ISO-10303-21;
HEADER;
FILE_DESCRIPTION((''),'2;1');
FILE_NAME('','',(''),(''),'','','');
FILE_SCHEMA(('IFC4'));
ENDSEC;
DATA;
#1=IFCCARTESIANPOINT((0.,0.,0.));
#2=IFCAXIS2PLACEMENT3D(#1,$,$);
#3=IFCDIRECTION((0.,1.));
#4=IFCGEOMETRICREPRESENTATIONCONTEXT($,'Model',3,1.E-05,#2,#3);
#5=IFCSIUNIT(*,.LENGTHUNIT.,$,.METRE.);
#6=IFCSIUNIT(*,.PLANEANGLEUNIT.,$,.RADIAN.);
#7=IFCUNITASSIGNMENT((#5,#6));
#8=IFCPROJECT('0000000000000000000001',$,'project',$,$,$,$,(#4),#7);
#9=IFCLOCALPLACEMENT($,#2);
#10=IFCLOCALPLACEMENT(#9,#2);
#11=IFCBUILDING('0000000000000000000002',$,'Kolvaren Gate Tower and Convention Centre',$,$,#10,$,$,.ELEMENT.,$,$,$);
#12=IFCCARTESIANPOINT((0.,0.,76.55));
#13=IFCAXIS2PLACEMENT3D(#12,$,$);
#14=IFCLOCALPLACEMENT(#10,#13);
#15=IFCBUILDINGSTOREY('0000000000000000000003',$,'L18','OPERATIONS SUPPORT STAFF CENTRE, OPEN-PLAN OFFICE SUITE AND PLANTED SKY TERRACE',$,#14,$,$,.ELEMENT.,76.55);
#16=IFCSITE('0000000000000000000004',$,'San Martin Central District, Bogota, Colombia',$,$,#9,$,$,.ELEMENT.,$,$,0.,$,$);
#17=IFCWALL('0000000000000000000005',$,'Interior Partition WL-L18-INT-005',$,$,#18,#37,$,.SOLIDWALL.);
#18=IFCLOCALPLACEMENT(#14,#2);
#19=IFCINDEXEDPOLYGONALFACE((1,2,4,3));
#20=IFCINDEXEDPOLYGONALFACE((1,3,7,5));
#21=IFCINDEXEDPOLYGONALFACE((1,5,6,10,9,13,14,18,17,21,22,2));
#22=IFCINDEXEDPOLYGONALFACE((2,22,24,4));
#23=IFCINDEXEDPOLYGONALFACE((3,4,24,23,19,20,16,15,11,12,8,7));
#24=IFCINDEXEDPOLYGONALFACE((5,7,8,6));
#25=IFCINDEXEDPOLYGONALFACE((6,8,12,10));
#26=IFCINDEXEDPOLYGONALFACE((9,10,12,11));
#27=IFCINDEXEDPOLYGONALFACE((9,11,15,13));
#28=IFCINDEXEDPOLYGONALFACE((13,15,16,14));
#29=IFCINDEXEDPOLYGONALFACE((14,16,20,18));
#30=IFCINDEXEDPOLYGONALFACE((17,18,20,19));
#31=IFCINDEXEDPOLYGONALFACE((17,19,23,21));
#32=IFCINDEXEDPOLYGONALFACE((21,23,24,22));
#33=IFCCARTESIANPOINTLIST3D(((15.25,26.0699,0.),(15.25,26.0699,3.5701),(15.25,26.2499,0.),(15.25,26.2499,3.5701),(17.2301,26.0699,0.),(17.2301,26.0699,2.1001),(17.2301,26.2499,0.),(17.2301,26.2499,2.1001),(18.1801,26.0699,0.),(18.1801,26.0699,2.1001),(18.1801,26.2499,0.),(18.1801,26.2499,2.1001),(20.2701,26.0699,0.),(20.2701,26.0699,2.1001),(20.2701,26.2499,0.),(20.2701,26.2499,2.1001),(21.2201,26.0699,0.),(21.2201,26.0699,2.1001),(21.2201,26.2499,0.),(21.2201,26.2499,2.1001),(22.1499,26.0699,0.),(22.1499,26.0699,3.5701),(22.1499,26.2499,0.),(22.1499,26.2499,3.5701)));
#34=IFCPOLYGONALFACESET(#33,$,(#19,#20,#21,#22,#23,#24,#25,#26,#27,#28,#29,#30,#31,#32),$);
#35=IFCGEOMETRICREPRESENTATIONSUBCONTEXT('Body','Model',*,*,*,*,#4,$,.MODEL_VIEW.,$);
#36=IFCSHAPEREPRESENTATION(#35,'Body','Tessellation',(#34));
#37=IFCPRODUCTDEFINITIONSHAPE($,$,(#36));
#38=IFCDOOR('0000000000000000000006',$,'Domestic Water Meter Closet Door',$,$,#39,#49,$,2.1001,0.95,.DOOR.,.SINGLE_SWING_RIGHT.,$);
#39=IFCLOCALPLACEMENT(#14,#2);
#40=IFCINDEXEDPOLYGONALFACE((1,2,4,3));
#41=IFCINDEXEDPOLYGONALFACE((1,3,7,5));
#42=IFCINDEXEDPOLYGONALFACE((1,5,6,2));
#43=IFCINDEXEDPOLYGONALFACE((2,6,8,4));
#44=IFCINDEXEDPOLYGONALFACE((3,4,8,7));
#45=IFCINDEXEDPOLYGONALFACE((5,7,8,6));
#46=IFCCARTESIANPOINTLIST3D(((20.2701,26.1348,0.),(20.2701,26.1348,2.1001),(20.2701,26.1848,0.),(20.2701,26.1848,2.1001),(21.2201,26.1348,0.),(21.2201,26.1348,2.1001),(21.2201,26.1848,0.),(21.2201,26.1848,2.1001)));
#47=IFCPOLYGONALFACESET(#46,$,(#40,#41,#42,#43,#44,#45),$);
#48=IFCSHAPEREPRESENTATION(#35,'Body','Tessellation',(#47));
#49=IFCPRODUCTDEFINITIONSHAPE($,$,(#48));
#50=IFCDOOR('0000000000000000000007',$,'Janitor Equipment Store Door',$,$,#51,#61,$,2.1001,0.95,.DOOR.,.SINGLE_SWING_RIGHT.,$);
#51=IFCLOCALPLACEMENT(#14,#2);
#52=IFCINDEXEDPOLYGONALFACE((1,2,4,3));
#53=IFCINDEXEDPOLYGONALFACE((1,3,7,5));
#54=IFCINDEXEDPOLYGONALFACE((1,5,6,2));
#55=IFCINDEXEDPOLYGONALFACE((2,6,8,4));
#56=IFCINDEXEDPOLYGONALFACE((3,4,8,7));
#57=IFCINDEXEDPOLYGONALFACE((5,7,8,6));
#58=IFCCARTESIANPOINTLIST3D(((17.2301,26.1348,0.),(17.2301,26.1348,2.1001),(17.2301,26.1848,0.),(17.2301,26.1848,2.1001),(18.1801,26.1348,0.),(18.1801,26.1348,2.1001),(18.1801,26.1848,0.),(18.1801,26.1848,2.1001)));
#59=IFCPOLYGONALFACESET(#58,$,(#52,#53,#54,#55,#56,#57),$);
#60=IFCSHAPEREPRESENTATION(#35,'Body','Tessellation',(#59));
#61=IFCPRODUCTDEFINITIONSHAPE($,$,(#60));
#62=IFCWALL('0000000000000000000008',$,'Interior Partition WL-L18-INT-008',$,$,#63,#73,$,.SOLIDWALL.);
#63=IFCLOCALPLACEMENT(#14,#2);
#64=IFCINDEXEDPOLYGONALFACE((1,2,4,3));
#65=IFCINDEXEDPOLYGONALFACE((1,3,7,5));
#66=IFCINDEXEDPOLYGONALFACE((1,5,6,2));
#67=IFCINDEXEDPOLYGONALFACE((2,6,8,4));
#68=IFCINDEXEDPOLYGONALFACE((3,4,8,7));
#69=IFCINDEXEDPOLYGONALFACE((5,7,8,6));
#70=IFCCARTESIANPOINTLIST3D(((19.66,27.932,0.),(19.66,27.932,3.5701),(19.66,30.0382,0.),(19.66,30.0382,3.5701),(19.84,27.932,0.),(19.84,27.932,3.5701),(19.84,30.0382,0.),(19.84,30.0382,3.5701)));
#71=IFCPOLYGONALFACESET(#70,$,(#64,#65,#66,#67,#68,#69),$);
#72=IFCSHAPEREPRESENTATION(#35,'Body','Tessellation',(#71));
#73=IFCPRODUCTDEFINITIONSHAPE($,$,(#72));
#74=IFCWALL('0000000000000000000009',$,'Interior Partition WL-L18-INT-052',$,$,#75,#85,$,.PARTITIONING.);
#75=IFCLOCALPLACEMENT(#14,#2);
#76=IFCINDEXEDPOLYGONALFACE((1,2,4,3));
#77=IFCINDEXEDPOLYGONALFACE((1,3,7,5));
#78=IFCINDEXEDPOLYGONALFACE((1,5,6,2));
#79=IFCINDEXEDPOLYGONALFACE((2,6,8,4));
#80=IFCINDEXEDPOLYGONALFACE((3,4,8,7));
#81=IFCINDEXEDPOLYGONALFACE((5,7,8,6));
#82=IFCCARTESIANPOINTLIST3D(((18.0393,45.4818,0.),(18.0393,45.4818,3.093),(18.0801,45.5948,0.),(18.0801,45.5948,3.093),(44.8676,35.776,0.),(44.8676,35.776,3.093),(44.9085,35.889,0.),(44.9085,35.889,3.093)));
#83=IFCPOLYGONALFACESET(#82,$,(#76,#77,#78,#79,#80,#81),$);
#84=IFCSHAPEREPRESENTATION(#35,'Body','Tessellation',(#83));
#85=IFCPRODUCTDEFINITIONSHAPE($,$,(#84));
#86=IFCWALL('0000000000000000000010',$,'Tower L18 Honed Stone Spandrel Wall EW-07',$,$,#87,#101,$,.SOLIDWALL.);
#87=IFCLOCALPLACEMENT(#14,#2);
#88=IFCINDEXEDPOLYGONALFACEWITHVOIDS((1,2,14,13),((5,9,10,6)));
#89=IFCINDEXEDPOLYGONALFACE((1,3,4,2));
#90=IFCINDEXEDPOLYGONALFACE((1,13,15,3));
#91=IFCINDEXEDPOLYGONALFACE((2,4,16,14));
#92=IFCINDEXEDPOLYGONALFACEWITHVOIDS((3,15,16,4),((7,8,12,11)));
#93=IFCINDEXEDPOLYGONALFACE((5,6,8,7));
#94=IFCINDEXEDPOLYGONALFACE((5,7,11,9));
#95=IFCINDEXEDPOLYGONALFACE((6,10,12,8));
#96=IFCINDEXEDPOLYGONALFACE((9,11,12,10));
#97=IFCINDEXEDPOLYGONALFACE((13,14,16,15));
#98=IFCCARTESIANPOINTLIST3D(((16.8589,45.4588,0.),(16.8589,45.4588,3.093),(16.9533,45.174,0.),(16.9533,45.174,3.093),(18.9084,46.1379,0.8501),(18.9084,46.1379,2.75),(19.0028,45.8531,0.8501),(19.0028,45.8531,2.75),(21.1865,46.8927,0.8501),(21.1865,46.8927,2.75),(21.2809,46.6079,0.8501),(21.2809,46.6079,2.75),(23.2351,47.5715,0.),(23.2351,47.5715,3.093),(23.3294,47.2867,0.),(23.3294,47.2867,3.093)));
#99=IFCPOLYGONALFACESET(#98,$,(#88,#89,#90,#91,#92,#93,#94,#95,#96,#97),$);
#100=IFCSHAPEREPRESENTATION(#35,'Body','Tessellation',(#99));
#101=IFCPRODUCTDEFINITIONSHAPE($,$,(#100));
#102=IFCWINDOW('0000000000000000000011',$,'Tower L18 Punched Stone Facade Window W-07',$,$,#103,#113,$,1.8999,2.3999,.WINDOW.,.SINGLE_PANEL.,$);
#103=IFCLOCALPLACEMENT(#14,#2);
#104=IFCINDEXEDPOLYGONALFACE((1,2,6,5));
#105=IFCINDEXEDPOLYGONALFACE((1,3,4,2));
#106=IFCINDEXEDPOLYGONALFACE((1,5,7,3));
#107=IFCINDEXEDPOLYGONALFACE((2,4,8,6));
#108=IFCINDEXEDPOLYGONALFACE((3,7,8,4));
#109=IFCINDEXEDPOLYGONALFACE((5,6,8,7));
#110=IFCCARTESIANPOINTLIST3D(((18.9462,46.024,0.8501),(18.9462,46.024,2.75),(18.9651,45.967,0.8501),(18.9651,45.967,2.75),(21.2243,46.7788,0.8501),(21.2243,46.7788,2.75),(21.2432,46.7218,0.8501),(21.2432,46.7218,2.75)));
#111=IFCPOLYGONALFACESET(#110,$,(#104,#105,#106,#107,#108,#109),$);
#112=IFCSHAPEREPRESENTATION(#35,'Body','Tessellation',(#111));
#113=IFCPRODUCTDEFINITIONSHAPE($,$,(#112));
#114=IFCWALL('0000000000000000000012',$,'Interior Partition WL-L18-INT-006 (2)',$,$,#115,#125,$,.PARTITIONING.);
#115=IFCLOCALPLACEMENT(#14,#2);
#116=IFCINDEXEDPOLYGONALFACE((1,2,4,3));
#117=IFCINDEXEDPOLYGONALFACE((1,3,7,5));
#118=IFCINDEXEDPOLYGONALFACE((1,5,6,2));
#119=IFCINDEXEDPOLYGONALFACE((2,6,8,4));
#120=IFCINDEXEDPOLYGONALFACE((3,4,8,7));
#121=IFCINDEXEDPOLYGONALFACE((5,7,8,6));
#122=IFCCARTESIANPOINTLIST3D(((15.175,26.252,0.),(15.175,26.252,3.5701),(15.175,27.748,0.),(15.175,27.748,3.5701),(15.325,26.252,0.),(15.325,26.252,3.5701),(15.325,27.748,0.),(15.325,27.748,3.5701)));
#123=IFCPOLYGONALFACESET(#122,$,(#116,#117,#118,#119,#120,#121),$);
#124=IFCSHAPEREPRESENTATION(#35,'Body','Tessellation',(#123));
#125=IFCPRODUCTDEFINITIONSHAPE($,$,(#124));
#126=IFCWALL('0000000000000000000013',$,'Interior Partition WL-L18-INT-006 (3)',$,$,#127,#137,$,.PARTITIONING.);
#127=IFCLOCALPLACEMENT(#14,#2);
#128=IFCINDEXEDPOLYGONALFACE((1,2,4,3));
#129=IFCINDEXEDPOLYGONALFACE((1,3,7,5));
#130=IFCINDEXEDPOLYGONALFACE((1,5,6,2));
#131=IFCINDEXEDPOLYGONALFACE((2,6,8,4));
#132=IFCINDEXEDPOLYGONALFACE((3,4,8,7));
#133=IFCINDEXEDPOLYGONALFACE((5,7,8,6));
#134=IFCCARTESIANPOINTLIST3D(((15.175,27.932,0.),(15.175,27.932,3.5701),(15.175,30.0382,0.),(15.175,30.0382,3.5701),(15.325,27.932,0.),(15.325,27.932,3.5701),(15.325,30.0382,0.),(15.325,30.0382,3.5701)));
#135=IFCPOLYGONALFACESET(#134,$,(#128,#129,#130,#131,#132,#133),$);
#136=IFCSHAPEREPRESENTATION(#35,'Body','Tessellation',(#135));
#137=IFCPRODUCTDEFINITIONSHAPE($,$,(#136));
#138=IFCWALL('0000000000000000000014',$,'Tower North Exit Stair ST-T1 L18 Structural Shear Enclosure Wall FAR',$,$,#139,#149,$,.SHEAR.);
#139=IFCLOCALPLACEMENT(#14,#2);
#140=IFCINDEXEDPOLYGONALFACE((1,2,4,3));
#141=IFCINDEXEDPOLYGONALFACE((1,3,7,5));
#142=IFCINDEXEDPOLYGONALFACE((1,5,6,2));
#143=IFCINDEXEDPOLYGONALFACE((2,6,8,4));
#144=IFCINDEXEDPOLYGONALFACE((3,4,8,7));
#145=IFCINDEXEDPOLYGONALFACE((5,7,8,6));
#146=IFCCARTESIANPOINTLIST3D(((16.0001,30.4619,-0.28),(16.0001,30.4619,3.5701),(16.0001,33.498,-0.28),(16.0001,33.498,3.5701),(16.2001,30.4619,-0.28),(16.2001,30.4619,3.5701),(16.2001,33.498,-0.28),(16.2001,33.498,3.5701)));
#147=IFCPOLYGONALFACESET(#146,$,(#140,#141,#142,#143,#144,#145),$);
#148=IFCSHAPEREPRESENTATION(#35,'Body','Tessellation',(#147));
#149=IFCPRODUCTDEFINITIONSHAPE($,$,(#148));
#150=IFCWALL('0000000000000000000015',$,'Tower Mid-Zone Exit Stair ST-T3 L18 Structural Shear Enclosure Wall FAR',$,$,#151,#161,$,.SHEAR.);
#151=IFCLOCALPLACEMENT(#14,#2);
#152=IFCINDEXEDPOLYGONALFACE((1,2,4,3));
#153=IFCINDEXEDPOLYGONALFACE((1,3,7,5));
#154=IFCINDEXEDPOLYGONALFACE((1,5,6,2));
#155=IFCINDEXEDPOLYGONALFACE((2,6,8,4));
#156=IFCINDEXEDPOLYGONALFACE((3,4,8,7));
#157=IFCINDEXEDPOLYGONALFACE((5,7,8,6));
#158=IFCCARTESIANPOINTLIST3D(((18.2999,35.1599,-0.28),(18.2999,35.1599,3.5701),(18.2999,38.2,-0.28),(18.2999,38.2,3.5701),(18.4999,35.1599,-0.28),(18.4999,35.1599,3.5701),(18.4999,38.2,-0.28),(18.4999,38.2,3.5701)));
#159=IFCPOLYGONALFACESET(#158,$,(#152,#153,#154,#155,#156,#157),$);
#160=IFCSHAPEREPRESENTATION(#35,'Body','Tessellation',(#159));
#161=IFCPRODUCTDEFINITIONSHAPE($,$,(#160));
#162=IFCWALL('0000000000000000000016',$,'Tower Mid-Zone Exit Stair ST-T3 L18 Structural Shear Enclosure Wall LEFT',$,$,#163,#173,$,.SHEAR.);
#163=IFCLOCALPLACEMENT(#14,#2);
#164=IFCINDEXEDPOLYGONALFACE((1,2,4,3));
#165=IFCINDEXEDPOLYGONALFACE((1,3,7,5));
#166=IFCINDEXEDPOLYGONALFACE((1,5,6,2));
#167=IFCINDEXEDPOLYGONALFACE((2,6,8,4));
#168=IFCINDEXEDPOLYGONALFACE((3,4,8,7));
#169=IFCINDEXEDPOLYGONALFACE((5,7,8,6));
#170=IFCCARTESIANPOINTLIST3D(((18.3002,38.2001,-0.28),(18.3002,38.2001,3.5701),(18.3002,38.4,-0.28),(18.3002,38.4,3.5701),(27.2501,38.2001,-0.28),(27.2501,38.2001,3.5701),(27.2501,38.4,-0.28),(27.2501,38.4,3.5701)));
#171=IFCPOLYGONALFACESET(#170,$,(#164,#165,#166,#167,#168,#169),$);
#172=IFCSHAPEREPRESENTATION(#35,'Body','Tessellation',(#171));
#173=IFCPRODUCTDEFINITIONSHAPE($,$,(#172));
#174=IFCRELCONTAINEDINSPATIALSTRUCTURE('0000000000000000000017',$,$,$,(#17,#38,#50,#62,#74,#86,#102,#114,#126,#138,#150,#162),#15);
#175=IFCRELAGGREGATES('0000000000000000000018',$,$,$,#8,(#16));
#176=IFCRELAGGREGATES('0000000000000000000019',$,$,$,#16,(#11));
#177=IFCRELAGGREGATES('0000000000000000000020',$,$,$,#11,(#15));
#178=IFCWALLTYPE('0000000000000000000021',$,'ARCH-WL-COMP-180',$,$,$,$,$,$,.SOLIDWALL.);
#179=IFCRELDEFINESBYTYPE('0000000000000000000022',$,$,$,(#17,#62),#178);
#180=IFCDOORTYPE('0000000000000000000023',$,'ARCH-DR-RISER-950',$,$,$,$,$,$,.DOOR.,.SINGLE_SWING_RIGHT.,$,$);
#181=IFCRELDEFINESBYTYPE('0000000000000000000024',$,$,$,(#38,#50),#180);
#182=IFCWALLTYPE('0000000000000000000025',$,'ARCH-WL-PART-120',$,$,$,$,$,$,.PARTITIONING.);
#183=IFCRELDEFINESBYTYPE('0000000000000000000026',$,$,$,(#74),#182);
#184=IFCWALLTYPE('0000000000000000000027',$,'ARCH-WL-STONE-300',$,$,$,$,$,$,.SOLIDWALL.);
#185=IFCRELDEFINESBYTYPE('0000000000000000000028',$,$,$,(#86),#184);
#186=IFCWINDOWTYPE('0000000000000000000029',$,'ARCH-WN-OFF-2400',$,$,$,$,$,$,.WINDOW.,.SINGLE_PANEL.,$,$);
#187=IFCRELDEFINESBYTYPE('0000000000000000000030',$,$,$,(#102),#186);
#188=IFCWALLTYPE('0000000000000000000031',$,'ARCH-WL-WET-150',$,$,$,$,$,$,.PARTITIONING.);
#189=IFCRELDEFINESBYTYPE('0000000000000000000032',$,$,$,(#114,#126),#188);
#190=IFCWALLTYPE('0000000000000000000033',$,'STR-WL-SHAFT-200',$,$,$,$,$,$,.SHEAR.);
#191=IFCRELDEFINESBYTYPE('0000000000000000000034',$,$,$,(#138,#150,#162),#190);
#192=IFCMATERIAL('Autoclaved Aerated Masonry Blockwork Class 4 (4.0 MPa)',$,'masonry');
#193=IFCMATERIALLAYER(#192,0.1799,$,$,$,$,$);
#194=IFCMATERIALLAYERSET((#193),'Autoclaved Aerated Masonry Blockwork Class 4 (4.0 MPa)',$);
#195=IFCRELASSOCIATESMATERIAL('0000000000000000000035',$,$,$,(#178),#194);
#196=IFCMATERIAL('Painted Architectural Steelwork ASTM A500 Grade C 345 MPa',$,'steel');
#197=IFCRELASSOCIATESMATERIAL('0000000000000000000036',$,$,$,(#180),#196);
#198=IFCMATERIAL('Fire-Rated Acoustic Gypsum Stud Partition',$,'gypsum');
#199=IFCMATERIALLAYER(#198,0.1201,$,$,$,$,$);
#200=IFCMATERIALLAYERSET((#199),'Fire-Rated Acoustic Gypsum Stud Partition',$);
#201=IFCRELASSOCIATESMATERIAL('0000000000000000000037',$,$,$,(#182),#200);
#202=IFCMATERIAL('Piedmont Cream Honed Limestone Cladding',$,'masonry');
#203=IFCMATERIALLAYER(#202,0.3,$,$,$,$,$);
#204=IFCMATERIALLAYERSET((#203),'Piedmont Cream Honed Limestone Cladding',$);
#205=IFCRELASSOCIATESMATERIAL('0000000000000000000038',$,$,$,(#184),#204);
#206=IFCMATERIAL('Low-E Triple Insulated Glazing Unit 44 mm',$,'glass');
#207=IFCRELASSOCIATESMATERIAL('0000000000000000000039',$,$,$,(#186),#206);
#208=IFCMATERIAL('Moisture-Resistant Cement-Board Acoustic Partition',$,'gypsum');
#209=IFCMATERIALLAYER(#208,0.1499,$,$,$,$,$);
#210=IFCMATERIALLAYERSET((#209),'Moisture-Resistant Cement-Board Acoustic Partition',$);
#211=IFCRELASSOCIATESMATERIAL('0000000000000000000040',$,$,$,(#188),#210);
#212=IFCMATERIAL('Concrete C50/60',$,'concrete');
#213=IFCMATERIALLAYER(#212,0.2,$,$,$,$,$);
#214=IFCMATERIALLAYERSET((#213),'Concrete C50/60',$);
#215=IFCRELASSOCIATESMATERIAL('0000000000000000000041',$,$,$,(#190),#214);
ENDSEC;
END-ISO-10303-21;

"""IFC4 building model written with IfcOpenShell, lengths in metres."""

from ifc_helpers import new_model, si_unit, direction, frame, frame_2d, origin, place, context, subcontext, project, spatial, rectangle, extrude, material, layer, layer_set, type_object, element, fill, save


model = new_model("IFC4")

# Units and contexts
model_context = context("Model", 3, precision=1e-05, world=origin(), true_north=direction((0.0, 1.0)))
body_context = subcontext(model_context, "Body", "Model", "MODEL_VIEW")
ifc_project = project(units=[si_unit("LENGTHUNIT", "METRE"), si_unit("PLANEANGLEUNIT", "RADIAN")], contexts=[model_context])

# Site, building, storey
site_placement = place(None, origin())
site = spatial("IfcSite", under=ifc_project, at=site_placement, Name="San Martin Central District, Bogota, Colombia", CompositionType="ELEMENT", RefElevation=0.0)
building_placement = place(site_placement, origin())
building = spatial("IfcBuilding", under=site, at=building_placement, Name="Kolvaren Gate Tower and Convention Centre", CompositionType="ELEMENT")
storey_placement = place(building_placement, frame((0.0, 0.0, 76.55)))
storey = spatial("IfcBuildingStorey", under=building, at=storey_placement, Name="L18", Description="OPERATIONS SUPPORT STAFF CENTRE, OPEN-PLAN OFFICE SUITE AND PLANTED SKY TERRACE", CompositionType="ELEMENT", Elevation=76.55)

# Wall, openings, doors
ifc_material_1 = material(Name="Autoclaved Aerated Masonry Blockwork Class 4 (4.0 MPa)", Category="masonry")
ifc_layer_1 = layer(ifc_material_1, 0.1799)
ifc_layer_set_1 = layer_set([ifc_layer_1], Name="Autoclaved Aerated Masonry Blockwork Class 4 (4.0 MPa)")
wall_type_1 = type_object("IfcWallType", Name="ARCH-WL-COMP-180", PredefinedType="SOLIDWALL", material=ifc_layer_set_1)
ifc_material_2 = material(Name="Painted Architectural Steelwork ASTM A500 Grade C 345 MPa", Category="steel")
door_type = type_object("IfcDoorType", Name="ARCH-DR-RISER-950", OperationType="SINGLE_SWING_RIGHT", PredefinedType="DOOR", material=ifc_material_2)
wall_1_placement = place(storey_placement, frame((15.25, 26.1599, 0.0), z_axis=(0.0, 0.0, 1.0), x_axis=(1.0, 0.0, 0.0)))
wall_1 = element("IfcWall", 1, at=wall_1_placement, inside=storey, type_object=wall_type_1, Name="Interior Partition WL-L18-INT-005", PredefinedType="SOLIDWALL", context=body_context, shape_type="SweptSolid", body=[
    extrude(rectangle(XDim=6.8999, YDim=0.1799, at=frame_2d((3.45, 0.0))), origin(), (0.0, 0.0, 1.0), 3.5701),
])
opening_1_placement = place(wall_1_placement, frame((5.02, 0.0, 0.0)))
opening_1 = element("IfcOpeningElement", 2, at=opening_1_placement, cuts=wall_1, PredefinedType="OPENING", context=body_context, shape_type="SweptSolid", body=[
    extrude(rectangle(XDim=0.95, YDim=2.1001, at=frame_2d((0.4751, 1.05))), frame((0.0, 0.0999, 0.0), z_axis=(0.0, -1.0, 0.0), x_axis=(1.0, 0.0, 0.0)), (0.0, 0.0, 1.0), 0.2),
])
opening_2_placement = place(wall_1_placement, frame((1.98, 0.0, 0.0)))
opening_2 = element("IfcOpeningElement", 3, at=opening_2_placement, cuts=wall_1, PredefinedType="OPENING", context=body_context, shape_type="SweptSolid", body=[
    extrude(rectangle(XDim=0.95, YDim=2.1001, at=frame_2d((0.4751, 1.05))), frame((0.0, 0.0999, 0.0), z_axis=(0.0, -1.0, 0.0), x_axis=(1.0, 0.0, 0.0)), (0.0, 0.0, 1.0), 0.2),
])
door_1_placement = place(opening_1_placement, origin())
door_1 = element("IfcDoor", 4, at=door_1_placement, inside=storey, type_object=door_type, Name="Domestic Water Meter Closet Door", OperationType="SINGLE_SWING_RIGHT", OverallHeight=2.1001, OverallWidth=0.95, PredefinedType="DOOR", context=body_context, shape_type="SweptSolid", body=[
    extrude(rectangle(XDim=0.95, YDim=2.1001, at=frame_2d((0.4751, 1.05))), frame((0.0, 0.0249, 0.0), z_axis=(0.0, -1.0, 0.0), x_axis=(1.0, 0.0, 0.0)), (0.0, 0.0, 1.0), 0.05),
])
fill(opening_1, door_1)
door_2_placement = place(opening_2_placement, origin())
door_2 = element("IfcDoor", 5, at=door_2_placement, inside=storey, type_object=door_type, Name="Janitor Equipment Store Door", OperationType="SINGLE_SWING_RIGHT", OverallHeight=2.1001, OverallWidth=0.95, PredefinedType="DOOR", context=body_context, shape_type="SweptSolid", body=[
    extrude(rectangle(XDim=0.95, YDim=2.1001, at=frame_2d((0.4751, 1.05))), frame((0.0, 0.0249, 0.0), z_axis=(0.0, -1.0, 0.0), x_axis=(1.0, 0.0, 0.0)), (0.0, 0.0, 1.0), 0.05),
])
fill(opening_2, door_2)

# Walls
wall_2_placement = place(storey_placement, frame((19.75, 27.9319, 0.0), z_axis=(0.0, 0.0, 1.0), x_axis=(0.0, 1.0, 0.0)))
element("IfcWall", 6, at=wall_2_placement, inside=storey, type_object=wall_type_1, Name="Interior Partition WL-L18-INT-008", PredefinedType="SOLIDWALL", context=body_context, shape_type="SweptSolid", body=[
    extrude(rectangle(XDim=2.1062, YDim=0.1799, at=frame_2d((1.0532, 0.0))), origin(), (0.0, 0.0, 1.0), 3.5701),
])
ifc_material_3 = material(Name="Fire-Rated Acoustic Gypsum Stud Partition", Category="gypsum")
ifc_layer_2 = layer(ifc_material_3, 0.1201)
ifc_layer_set_2 = layer_set([ifc_layer_2], Name="Fire-Rated Acoustic Gypsum Stud Partition")
wall_type_2 = type_object("IfcWallType", Name="ARCH-WL-PART-120", PredefinedType="PARTITIONING", material=ifc_layer_set_2)
wall_3_placement = place(storey_placement, frame((18.0596, 45.5383, 0.0), z_axis=(0.0, 0.0, 1.0), x_axis=(0.940355, -0.340196, 0.0)))
element("IfcWall", 7, at=wall_3_placement, inside=storey, type_object=wall_type_2, Name="Interior Partition WL-L18-INT-052", PredefinedType="PARTITIONING", context=body_context, shape_type="SweptSolid", body=[
    extrude(rectangle(XDim=28.53, YDim=0.1201, at=frame_2d((14.2651, 0.0))), origin(), (0.0, 0.0, 1.0), 3.093),
])

# Wall, opening, window
ifc_material_4 = material(Name="Piedmont Cream Honed Limestone Cladding", Category="masonry")
ifc_layer_3 = layer(ifc_material_4, 0.3)
ifc_layer_set_3 = layer_set([ifc_layer_3], Name="Piedmont Cream Honed Limestone Cladding")
wall_type_3 = type_object("IfcWallType", Name="ARCH-WL-STONE-300", PredefinedType="SOLIDWALL", material=ifc_layer_set_3)
wall_4_placement = place(storey_placement, frame((16.9062, 45.3164, 0.0), z_axis=(0.0, 0.0, 1.0), x_axis=(0.949245, 0.314537, 0.0)))
wall_4 = element("IfcWall", 8, at=wall_4_placement, inside=storey, type_object=wall_type_3, Name="Tower L18 Honed Stone Spandrel Wall EW-07", PredefinedType="SOLIDWALL", context=body_context, shape_type="SweptSolid", body=[
    extrude(rectangle(XDim=6.717, YDim=0.3, at=frame_2d((3.3584, 0.0))), origin(), (0.0, 0.0, 1.0), 3.093),
])
opening_3_placement = place(wall_4_placement, frame((2.1589, 0.0, 0.8501)))
opening_3 = element("IfcOpeningElement", 9, at=opening_3_placement, cuts=wall_4, PredefinedType="OPENING", context=body_context, shape_type="SweptSolid", body=[
    extrude(rectangle(XDim=2.3999, YDim=1.8999, at=frame_2d((1.2, 0.95))), frame((0.0, 0.1599, 0.0), z_axis=(0.0, -1.0, 0.0), x_axis=(1.0, 0.0, 0.0)), (0.0, 0.0, 1.0), 0.3201),
])
ifc_material_5 = material(Name="Low-E Triple Insulated Glazing Unit 44 mm", Category="glass")
window_type = type_object("IfcWindowType", Name="ARCH-WN-OFF-2400", PartitioningType="SINGLE_PANEL", PredefinedType="WINDOW", material=ifc_material_5)
window_placement = place(opening_3_placement, origin())
window = element("IfcWindow", 10, at=window_placement, inside=storey, type_object=window_type, Name="Tower L18 Punched Stone Facade Window W-07", OverallHeight=1.8999, OverallWidth=2.3999, PartitioningType="SINGLE_PANEL", PredefinedType="WINDOW", context=body_context, shape_type="SweptSolid", body=[
    extrude(rectangle(XDim=2.3999, YDim=1.8999, at=frame_2d((1.2, 0.95))), frame((0.0, 0.03, 0.0), z_axis=(0.0, -1.0, 0.0), x_axis=(1.0, 0.0, 0.0)), (0.0, 0.0, 1.0), 0.0601),
])
fill(opening_3, window)

# Walls
ifc_material_6 = material(Name="Moisture-Resistant Cement-Board Acoustic Partition", Category="gypsum")
ifc_layer_4 = layer(ifc_material_6, 0.1499)
ifc_layer_set_4 = layer_set([ifc_layer_4], Name="Moisture-Resistant Cement-Board Acoustic Partition")
wall_type_4 = type_object("IfcWallType", Name="ARCH-WL-WET-150", PredefinedType="PARTITIONING", material=ifc_layer_set_4)
wall_5_placement = place(storey_placement, frame((15.25, 26.252, 0.0), z_axis=(0.0, 0.0, 1.0), x_axis=(0.0, 1.0, 0.0)))
element("IfcWall", 11, at=wall_5_placement, inside=storey, type_object=wall_type_4, Name="Interior Partition WL-L18-INT-006 (2)", PredefinedType="PARTITIONING", context=body_context, shape_type="SweptSolid", body=[
    extrude(rectangle(XDim=1.4961, YDim=0.1499, at=frame_2d((0.748, 0.0))), origin(), (0.0, 0.0, 1.0), 3.5701),
])
wall_6_placement = place(storey_placement, frame((15.25, 27.9319, 0.0), z_axis=(0.0, 0.0, 1.0), x_axis=(0.0, 1.0, 0.0)))
element("IfcWall", 12, at=wall_6_placement, inside=storey, type_object=wall_type_4, Name="Interior Partition WL-L18-INT-006 (3)", PredefinedType="PARTITIONING", context=body_context, shape_type="SweptSolid", body=[
    extrude(rectangle(XDim=2.1062, YDim=0.1499, at=frame_2d((1.0532, 0.0))), origin(), (0.0, 0.0, 1.0), 3.5701),
])
ifc_material_7 = material(Name="Concrete C50/60", Category="concrete")
ifc_layer_5 = layer(ifc_material_7, 0.2)
ifc_layer_set_5 = layer_set([ifc_layer_5], Name="Concrete C50/60")
wall_type_5 = type_object("IfcWallType", Name="STR-WL-SHAFT-200", PredefinedType="SHEAR", material=ifc_layer_set_5)
wall_7_placement = place(storey_placement, frame((16.1001, 30.4619, -0.28), z_axis=(0.0, 0.0, 1.0), x_axis=(0.0, 1.0, 0.0)))
element("IfcWall", 13, at=wall_7_placement, inside=storey, type_object=wall_type_5, Name="Tower North Exit Stair ST-T1 L18 Structural Shear Enclosure Wall FAR", PredefinedType="SHEAR", context=body_context, shape_type="SweptSolid", body=[
    extrude(rectangle(XDim=3.0361, YDim=0.2, at=frame_2d((1.5181, 0.0))), origin(), (0.0, 0.0, 1.0), 3.8501),
])
wall_8_placement = place(storey_placement, frame((18.3999, 35.1599, -0.28), z_axis=(0.0, 0.0, 1.0), x_axis=(0.0, 1.0, 0.0)))
element("IfcWall", 14, at=wall_8_placement, inside=storey, type_object=wall_type_5, Name="Tower Mid-Zone Exit Stair ST-T3 L18 Structural Shear Enclosure Wall FAR", PredefinedType="SHEAR", context=body_context, shape_type="SweptSolid", body=[
    extrude(rectangle(XDim=3.04, YDim=0.2, at=frame_2d((1.52, 0.0))), origin(), (0.0, 0.0, 1.0), 3.8501),
])
for number, where, z_axis, x_axis, name in (
    (15, (18.3, 38.3, -0.28), (0.0, 0.0, 1.0), (1.0, 0.0, 0.0), "Tower Mid-Zone Exit Stair ST-T3 L18 Structural Shear Enclosure Wall LEFT"),
):
    element("IfcWall", number, at=place(storey_placement, frame(where, z_axis=z_axis, x_axis=x_axis)), inside=storey, type_object=wall_type_5, Name=name, PredefinedType="SHEAR", context=body_context, shape_type="SweptSolid", body=[
        extrude(rectangle(XDim=8.95, YDim=0.2, at=frame_2d((4.4751, 0.0))), origin(), (0.0, 0.0, 1.0), 3.8501),
    ])

save(model, "model.ifc")
